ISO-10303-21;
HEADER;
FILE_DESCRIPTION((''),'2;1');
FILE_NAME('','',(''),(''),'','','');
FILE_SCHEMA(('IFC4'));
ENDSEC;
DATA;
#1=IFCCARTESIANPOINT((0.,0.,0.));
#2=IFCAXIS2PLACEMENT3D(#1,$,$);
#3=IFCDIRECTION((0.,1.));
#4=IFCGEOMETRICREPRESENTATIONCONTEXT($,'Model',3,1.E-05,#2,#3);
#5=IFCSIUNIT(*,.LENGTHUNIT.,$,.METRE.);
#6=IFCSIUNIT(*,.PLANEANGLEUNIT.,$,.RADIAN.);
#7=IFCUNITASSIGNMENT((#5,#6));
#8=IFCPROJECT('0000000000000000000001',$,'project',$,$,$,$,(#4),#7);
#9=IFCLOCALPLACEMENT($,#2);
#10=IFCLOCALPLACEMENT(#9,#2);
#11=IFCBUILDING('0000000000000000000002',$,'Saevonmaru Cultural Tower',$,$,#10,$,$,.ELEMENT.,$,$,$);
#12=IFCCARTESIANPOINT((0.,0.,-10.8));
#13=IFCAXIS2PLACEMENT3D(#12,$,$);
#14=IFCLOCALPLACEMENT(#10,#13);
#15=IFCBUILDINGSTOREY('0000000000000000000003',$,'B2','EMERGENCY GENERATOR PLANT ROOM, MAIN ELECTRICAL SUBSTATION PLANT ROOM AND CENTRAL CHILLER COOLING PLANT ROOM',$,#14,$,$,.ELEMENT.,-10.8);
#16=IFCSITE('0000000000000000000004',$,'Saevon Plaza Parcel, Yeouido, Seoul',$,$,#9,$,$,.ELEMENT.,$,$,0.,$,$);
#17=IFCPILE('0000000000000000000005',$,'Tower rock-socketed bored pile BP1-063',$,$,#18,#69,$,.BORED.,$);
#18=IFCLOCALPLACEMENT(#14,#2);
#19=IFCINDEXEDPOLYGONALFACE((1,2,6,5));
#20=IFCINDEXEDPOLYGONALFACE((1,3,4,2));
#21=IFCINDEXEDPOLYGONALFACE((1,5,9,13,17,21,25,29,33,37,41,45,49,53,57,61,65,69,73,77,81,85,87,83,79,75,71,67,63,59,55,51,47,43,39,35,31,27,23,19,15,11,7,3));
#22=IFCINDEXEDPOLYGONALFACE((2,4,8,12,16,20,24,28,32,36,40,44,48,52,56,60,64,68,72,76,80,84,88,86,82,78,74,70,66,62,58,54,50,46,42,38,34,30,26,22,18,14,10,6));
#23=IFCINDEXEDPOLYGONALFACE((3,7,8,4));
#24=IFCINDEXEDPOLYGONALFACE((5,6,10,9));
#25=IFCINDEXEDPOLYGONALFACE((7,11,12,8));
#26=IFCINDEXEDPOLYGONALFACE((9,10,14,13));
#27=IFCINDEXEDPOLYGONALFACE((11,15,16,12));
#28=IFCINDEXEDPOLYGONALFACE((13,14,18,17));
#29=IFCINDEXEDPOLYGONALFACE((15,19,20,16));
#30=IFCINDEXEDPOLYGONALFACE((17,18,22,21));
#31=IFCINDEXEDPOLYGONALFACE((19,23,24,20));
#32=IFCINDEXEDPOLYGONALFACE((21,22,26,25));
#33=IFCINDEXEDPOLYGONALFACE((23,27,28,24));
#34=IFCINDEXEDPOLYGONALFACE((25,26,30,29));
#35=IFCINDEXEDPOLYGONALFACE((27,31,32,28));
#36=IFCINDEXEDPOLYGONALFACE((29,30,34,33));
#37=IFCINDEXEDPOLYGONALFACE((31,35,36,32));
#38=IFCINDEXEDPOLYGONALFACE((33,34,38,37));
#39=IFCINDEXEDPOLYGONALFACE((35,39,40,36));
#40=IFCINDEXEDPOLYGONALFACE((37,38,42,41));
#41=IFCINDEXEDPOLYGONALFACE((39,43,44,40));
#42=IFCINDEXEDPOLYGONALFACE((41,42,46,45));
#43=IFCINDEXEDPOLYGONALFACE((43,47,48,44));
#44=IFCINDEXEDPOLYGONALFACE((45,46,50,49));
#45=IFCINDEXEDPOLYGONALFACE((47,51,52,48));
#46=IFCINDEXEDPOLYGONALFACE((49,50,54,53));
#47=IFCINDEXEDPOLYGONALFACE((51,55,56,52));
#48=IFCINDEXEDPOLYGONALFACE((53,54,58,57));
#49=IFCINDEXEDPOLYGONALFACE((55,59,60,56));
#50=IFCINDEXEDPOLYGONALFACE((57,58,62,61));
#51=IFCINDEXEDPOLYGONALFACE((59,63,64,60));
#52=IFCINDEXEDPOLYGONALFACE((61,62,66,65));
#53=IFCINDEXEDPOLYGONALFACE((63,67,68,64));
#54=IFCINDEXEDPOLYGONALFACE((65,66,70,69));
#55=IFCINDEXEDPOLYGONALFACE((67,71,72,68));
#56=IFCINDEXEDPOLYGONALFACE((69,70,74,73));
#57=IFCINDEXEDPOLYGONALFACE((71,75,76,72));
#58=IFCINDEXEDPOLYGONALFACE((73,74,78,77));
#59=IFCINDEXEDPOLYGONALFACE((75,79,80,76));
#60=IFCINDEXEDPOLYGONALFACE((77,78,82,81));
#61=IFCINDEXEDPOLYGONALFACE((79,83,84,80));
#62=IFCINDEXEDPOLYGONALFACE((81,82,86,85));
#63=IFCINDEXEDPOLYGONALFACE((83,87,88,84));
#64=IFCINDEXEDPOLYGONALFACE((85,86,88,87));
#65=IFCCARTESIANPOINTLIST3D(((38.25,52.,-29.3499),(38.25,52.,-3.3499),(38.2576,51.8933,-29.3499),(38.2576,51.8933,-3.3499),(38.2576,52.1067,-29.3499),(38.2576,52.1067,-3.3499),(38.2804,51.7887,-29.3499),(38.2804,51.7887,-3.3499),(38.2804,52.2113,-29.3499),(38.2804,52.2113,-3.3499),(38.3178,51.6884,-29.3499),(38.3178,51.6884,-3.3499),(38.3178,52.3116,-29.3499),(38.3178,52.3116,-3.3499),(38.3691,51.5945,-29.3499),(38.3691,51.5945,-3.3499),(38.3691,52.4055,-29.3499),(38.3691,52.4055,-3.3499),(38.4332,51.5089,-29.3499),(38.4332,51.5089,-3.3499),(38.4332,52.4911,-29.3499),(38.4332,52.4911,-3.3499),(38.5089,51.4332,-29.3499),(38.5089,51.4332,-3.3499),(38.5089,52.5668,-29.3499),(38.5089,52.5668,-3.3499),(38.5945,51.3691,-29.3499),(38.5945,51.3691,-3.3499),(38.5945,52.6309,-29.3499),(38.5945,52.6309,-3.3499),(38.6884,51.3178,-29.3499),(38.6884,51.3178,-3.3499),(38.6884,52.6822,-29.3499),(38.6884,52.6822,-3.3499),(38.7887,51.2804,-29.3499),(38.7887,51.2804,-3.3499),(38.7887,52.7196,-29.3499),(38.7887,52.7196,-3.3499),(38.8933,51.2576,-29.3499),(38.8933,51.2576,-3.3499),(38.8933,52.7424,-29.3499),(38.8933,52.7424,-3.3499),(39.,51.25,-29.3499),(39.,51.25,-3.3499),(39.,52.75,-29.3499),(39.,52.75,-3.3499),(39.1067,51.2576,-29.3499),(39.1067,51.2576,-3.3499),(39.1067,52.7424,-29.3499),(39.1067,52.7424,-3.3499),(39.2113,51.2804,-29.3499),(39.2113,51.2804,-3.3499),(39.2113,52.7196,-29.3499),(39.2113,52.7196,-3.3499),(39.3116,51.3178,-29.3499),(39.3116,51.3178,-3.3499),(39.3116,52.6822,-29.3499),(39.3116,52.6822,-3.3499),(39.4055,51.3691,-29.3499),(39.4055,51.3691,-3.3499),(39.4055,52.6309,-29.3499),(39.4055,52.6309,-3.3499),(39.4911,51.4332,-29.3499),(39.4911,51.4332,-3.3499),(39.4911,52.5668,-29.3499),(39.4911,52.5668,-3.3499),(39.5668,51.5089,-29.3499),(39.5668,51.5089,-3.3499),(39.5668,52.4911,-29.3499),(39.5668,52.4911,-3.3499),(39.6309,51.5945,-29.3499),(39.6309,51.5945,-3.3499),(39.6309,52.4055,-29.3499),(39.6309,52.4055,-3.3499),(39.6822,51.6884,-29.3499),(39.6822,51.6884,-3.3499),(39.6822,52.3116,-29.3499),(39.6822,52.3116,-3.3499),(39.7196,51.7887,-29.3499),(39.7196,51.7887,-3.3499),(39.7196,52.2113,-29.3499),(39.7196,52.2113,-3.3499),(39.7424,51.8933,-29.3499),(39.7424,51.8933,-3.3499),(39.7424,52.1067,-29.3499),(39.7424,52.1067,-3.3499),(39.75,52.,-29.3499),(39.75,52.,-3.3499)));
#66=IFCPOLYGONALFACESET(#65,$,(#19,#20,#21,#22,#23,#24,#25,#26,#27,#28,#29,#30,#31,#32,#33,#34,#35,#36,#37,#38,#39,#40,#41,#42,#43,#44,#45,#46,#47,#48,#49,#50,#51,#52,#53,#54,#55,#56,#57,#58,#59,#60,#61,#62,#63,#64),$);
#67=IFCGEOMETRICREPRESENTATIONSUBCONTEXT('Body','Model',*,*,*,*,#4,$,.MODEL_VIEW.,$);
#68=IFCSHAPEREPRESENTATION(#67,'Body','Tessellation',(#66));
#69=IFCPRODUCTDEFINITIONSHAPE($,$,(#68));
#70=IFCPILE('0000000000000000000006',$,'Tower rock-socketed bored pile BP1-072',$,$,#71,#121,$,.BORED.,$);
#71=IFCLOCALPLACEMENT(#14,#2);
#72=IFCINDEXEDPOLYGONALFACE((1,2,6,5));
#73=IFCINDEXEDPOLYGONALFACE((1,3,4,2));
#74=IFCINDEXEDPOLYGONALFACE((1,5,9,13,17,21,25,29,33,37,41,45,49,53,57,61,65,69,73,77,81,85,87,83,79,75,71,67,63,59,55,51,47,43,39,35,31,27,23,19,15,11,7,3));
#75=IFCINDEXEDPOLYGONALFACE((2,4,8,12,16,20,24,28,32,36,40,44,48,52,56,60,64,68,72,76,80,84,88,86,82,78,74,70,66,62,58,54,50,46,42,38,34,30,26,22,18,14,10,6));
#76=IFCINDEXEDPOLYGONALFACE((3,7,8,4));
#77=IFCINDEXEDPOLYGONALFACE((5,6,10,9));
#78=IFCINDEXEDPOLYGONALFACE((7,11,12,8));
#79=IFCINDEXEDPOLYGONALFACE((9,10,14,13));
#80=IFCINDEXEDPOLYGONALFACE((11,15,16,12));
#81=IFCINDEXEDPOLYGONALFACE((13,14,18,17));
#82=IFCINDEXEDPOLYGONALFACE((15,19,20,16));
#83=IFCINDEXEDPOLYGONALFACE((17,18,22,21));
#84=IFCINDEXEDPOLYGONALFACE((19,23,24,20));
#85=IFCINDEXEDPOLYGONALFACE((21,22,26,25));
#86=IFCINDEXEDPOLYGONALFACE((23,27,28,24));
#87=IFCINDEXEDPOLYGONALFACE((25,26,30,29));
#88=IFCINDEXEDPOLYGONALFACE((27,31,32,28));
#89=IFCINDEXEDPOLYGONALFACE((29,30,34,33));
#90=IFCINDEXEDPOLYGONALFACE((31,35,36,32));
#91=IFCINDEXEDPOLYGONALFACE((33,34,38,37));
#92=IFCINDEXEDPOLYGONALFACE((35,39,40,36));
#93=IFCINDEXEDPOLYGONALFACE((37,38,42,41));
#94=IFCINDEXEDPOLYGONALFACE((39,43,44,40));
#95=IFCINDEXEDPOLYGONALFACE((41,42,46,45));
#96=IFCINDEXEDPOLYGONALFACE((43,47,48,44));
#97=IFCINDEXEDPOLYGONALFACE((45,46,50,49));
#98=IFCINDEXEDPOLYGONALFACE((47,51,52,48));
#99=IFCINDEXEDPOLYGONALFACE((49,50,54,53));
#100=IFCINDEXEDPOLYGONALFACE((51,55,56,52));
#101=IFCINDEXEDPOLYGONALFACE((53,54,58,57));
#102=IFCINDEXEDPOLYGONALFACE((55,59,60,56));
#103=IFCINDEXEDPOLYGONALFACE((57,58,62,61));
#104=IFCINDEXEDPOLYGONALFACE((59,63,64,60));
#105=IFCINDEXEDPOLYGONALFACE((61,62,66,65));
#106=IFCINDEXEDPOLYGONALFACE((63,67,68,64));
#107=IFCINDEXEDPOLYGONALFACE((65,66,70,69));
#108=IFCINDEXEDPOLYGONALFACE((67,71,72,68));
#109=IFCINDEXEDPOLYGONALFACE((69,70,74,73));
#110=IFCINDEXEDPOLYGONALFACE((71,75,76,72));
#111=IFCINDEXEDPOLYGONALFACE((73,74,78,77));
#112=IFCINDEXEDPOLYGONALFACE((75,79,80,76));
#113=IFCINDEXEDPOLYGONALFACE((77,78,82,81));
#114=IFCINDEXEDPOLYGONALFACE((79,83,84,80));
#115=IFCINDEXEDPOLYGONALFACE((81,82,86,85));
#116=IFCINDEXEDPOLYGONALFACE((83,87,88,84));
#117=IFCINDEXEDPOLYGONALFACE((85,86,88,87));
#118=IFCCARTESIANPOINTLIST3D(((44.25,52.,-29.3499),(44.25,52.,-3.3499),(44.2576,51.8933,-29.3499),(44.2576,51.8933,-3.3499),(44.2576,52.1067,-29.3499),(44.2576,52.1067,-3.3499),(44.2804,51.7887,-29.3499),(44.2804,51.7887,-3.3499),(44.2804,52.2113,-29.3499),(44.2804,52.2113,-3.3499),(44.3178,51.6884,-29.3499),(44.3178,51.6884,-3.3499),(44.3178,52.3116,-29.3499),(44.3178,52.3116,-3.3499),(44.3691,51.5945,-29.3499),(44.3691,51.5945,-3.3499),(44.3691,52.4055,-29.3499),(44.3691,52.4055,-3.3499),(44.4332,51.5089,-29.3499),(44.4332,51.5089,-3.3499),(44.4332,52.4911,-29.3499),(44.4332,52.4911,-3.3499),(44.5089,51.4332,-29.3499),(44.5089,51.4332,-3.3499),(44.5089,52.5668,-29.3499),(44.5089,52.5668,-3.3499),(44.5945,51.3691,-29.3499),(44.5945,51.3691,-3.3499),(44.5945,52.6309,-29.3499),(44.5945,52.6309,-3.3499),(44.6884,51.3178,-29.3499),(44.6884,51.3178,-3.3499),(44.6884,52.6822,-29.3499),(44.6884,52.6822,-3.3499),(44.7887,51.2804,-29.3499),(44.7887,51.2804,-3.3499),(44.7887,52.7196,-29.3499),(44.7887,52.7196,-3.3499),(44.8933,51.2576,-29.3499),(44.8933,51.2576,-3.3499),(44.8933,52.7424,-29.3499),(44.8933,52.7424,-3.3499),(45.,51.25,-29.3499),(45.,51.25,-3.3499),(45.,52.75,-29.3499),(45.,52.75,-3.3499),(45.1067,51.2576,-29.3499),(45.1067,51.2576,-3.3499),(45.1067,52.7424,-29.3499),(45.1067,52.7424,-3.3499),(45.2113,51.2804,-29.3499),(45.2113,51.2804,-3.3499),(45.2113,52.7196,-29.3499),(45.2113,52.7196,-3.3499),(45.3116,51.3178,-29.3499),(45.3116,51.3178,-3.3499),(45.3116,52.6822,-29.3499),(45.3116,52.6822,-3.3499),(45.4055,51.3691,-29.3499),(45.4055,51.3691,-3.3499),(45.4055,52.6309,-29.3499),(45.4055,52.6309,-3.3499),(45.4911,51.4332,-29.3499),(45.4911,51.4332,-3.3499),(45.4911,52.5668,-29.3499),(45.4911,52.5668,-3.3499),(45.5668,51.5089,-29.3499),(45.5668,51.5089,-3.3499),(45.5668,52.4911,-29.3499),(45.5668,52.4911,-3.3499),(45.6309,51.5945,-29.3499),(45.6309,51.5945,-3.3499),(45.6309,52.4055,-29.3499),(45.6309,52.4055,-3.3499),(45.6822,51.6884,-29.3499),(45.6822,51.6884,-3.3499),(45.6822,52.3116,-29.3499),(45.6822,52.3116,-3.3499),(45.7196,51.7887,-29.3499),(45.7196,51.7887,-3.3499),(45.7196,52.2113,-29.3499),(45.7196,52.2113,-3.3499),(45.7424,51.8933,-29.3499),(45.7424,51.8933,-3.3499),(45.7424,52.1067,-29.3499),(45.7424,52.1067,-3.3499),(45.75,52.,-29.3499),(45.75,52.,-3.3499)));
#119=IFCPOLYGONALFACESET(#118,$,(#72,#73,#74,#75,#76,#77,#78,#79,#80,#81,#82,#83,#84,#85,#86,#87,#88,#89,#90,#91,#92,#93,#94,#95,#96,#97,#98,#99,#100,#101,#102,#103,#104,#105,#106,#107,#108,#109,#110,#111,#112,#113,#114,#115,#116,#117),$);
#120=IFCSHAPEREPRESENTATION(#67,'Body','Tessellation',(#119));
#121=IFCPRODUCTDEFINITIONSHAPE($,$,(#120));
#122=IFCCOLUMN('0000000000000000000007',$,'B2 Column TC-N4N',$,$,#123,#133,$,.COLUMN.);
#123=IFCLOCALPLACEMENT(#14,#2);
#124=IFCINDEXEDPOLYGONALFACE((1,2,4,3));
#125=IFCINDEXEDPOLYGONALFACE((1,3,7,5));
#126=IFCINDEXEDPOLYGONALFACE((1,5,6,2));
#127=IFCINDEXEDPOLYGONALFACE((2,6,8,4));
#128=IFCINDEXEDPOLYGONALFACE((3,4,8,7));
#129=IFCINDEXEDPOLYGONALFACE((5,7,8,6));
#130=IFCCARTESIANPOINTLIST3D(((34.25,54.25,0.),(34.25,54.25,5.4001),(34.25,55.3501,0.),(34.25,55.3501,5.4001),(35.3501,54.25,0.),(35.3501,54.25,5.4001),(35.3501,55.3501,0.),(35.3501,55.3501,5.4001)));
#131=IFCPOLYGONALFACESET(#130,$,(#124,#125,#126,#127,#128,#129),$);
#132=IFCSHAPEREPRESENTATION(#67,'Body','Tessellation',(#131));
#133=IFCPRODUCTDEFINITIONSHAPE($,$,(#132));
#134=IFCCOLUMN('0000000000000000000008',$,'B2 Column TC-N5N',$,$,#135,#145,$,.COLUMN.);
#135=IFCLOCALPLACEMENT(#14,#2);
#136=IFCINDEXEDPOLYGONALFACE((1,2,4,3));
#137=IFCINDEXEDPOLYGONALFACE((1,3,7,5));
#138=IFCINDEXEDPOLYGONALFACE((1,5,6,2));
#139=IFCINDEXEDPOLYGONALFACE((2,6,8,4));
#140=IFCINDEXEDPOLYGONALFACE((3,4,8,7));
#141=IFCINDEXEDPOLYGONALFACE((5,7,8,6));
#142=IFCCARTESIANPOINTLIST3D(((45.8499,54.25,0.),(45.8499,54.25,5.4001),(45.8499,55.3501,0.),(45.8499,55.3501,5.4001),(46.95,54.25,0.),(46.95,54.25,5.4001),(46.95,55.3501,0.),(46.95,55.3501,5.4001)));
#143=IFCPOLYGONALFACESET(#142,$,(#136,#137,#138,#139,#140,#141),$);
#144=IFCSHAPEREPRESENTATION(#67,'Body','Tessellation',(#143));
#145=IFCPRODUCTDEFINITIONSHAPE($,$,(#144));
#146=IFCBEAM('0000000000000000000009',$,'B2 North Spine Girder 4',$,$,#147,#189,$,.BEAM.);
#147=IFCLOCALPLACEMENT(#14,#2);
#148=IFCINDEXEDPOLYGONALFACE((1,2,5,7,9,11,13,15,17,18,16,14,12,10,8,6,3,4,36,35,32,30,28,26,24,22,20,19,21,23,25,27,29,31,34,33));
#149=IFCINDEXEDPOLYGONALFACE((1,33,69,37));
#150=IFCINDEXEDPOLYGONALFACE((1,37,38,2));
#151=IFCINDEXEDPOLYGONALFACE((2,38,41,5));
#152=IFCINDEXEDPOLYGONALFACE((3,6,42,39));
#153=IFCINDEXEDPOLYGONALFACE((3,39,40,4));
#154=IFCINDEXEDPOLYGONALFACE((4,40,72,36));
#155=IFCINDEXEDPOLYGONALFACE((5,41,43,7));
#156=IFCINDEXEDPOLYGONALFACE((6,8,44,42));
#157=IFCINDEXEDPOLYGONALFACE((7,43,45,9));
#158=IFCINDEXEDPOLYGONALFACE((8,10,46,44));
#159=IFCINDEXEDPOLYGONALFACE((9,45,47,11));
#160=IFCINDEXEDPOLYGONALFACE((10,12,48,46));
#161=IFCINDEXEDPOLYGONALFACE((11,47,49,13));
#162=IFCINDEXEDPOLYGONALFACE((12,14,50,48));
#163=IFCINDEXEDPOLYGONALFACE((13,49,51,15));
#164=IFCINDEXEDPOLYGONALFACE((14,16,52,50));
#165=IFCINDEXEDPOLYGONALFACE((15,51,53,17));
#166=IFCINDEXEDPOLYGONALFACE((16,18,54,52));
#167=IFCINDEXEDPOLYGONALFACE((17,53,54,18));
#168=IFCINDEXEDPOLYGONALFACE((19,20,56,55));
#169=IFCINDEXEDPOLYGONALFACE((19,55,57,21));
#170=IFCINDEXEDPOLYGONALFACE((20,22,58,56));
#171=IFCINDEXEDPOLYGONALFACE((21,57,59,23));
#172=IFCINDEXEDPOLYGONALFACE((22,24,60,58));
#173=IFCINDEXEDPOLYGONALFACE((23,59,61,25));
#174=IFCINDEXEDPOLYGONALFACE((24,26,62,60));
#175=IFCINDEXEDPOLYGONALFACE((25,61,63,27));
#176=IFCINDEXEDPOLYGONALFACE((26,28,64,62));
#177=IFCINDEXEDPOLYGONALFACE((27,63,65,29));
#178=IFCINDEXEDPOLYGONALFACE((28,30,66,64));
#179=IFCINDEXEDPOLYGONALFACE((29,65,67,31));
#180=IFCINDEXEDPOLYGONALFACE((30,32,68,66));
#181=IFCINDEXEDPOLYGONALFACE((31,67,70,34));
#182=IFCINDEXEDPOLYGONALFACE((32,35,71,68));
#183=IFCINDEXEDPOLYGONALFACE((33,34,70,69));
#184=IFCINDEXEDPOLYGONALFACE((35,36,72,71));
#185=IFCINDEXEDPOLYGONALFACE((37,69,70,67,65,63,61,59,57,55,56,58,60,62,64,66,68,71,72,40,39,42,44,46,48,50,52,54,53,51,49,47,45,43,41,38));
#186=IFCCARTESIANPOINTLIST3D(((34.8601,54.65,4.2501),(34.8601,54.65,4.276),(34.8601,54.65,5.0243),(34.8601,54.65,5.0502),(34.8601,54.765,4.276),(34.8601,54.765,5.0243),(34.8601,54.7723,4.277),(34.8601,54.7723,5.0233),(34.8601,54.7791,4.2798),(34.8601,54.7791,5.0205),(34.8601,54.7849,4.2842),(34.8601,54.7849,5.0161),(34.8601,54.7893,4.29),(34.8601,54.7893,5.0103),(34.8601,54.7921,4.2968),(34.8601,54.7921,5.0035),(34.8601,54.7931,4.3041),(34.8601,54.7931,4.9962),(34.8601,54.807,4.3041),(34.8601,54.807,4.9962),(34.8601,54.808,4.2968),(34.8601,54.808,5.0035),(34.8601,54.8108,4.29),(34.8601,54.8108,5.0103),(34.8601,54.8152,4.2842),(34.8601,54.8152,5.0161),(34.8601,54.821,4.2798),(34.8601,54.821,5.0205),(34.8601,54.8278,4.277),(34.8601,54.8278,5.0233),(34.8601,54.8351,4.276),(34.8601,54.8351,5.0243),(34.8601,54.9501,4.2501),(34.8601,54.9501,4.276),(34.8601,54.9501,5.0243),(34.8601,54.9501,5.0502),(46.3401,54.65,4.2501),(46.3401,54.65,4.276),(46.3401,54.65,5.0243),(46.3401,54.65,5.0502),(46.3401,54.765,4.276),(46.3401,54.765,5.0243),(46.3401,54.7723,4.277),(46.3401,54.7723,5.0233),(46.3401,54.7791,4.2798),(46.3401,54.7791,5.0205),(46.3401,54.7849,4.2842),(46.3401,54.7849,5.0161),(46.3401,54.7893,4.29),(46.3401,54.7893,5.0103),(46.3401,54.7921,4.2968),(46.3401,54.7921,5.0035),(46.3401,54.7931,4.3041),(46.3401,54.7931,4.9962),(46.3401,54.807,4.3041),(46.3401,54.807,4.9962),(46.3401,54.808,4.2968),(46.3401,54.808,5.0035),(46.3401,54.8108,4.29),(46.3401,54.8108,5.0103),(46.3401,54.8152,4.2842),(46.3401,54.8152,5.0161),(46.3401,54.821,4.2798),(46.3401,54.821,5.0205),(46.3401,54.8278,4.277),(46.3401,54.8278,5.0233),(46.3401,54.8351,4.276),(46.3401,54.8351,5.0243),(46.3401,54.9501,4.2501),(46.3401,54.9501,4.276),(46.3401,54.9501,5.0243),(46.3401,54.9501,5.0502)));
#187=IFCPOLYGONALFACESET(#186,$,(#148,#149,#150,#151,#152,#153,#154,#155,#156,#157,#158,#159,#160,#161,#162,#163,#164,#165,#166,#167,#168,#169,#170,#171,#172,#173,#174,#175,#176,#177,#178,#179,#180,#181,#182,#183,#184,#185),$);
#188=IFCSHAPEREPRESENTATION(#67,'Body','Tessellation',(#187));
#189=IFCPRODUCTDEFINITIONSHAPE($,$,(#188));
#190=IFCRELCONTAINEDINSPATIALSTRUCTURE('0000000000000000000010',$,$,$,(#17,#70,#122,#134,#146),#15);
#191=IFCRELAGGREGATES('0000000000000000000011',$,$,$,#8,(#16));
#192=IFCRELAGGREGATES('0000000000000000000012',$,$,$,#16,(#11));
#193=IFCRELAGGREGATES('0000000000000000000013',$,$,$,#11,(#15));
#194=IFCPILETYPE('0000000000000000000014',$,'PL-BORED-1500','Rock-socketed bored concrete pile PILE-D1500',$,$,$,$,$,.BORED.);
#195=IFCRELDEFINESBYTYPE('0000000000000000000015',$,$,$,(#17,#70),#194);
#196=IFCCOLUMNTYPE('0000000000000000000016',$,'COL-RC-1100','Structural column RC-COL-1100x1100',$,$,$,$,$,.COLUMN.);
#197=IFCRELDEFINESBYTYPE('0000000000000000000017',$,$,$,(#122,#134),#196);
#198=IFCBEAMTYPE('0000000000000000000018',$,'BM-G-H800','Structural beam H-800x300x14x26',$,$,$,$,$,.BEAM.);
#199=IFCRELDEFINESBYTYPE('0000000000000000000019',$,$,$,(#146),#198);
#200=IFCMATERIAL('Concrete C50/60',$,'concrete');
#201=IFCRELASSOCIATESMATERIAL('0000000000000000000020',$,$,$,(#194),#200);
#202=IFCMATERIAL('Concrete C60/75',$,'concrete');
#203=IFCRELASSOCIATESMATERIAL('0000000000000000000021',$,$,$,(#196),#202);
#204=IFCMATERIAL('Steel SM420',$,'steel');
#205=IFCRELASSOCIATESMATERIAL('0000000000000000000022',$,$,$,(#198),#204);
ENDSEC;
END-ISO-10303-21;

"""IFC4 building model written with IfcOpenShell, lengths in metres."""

from ifc_helpers import new_model, si_unit, direction, frame, origin, origin_2d, place, context, subcontext, project, spatial, rectangle, circle, i_section, extrude, material, material_profile, profile_set, type_object, element, save


model = new_model("IFC4")

# Units and contexts
model_context = context("Model", 3, precision=1e-05, world=origin(), true_north=direction((0.0, 1.0)))
body_context = subcontext(model_context, "Body", "Model", "MODEL_VIEW")
ifc_project = project(units=[si_unit("LENGTHUNIT", "METRE"), si_unit("PLANEANGLEUNIT", "RADIAN")], contexts=[model_context])

# Site, building, storey
site_placement = place(None, origin())
site = spatial("IfcSite", under=ifc_project, at=site_placement, Name="Saevon Plaza Parcel, Yeouido, Seoul", CompositionType="ELEMENT", RefElevation=0.0)
building_placement = place(site_placement, origin())
building = spatial("IfcBuilding", under=site, at=building_placement, Name="Saevonmaru Cultural Tower", CompositionType="ELEMENT")
storey_placement = place(building_placement, frame((0.0, 0.0, -10.8)))
storey = spatial("IfcBuildingStorey", under=building, at=storey_placement, Name="B2", Description="EMERGENCY GENERATOR PLANT ROOM, MAIN ELECTRICAL SUBSTATION PLANT ROOM AND CENTRAL CHILLER COOLING PLANT ROOM", CompositionType="ELEMENT", Elevation=-10.8)

# Piles
ifc_material_1 = material(Name="Concrete C50/60", Category="concrete")
ifc_material_profile_1 = material_profile(ifc_material_1, circle(Radius=0.75, at=origin_2d()), Name="PILE-D1500")
ifc_profile_set_1 = profile_set([ifc_material_profile_1], Name="Concrete C50/60")
pile_type = type_object("IfcPileType", Name="PL-BORED-1500", Description="Rock-socketed bored concrete pile PILE-D1500", PredefinedType="BORED", material=ifc_profile_set_1)
for number, where, z_axis, x_axis, name in (
    (1, (39.0, 52.0, -3.3499), (0.0, 0.0, -1.0), (1.0, 0.0, 0.0), "Tower rock-socketed bored pile BP1-063"),
    (2, (45.0, 52.0, -3.3499), (0.0, 0.0, -1.0), (1.0, 0.0, 0.0), "Tower rock-socketed bored pile BP1-072"),
):
    element("IfcPile", number, at=place(storey_placement, frame(where, z_axis=z_axis, x_axis=x_axis)), inside=storey, type_object=pile_type, Name=name, PredefinedType="BORED", context=body_context, shape_type="SweptSolid", body=[
        extrude(circle(Radius=0.75, at=origin_2d()), origin(), (0.0, 0.0, 1.0), 26.0),
    ])

# Columns
ifc_material_2 = material(Name="Concrete C60/75", Category="concrete")
ifc_material_profile_2 = material_profile(ifc_material_2, rectangle(XDim=1.1001, YDim=1.1001, at=origin_2d()), Name="RC-COL-1100x1100")
ifc_profile_set_2 = profile_set([ifc_material_profile_2], Name="Concrete C60/75")
column_type = type_object("IfcColumnType", Name="COL-RC-1100", Description="Structural column RC-COL-1100x1100", PredefinedType="COLUMN", material=ifc_profile_set_2)
for number, where, z_axis, x_axis, name in (
    (3, (34.8, 54.8, 0.0), (0.0, 0.0, 1.0), (1.0, 0.0, 0.0), "B2 Column TC-N4N"),
    (4, (46.3999, 54.8, 0.0), (0.0, 0.0, 1.0), (1.0, 0.0, 0.0), "B2 Column TC-N5N"),
):
    element("IfcColumn", number, at=place(storey_placement, frame(where, z_axis=z_axis, x_axis=x_axis)), inside=storey, type_object=column_type, Name=name, PredefinedType="COLUMN", context=body_context, shape_type="SweptSolid", body=[
        extrude(rectangle(XDim=1.1001, YDim=1.1001, at=origin_2d()), origin(), (0.0, 0.0, 1.0), 5.4001),
    ])

# Beam
ifc_material_3 = material(Name="Steel SM420", Category="steel")
ifc_material_profile_3 = material_profile(ifc_material_3, i_section(OverallWidth=0.3, OverallDepth=0.8, WebThickness=0.0139, FlangeThickness=0.0259, FilletRadius=0.0281, at=origin_2d()), Name="H-800x300x14x26")
ifc_profile_set_3 = profile_set([ifc_material_profile_3], Name="Steel SM420")
beam_type = type_object("IfcBeamType", Name="BM-G-H800", Description="Structural beam H-800x300x14x26", PredefinedType="BEAM", material=ifc_profile_set_3)
beam_placement = place(storey_placement, frame((34.8601, 54.8, 4.6501), z_axis=(1.0, 0.0, 0.0), x_axis=(0.0, 1.0, 0.0)))
element("IfcBeam", 5, at=beam_placement, inside=storey, type_object=beam_type, Name="B2 North Spine Girder 4", PredefinedType="BEAM", context=body_context, shape_type="SweptSolid", body=[
    extrude(i_section(OverallWidth=0.3, OverallDepth=0.8, WebThickness=0.0139, FlangeThickness=0.0259, FilletRadius=0.0281, at=origin_2d()), origin(), (0.0, 0.0, 1.0), 11.48),
])

save(model, "model.ifc")
